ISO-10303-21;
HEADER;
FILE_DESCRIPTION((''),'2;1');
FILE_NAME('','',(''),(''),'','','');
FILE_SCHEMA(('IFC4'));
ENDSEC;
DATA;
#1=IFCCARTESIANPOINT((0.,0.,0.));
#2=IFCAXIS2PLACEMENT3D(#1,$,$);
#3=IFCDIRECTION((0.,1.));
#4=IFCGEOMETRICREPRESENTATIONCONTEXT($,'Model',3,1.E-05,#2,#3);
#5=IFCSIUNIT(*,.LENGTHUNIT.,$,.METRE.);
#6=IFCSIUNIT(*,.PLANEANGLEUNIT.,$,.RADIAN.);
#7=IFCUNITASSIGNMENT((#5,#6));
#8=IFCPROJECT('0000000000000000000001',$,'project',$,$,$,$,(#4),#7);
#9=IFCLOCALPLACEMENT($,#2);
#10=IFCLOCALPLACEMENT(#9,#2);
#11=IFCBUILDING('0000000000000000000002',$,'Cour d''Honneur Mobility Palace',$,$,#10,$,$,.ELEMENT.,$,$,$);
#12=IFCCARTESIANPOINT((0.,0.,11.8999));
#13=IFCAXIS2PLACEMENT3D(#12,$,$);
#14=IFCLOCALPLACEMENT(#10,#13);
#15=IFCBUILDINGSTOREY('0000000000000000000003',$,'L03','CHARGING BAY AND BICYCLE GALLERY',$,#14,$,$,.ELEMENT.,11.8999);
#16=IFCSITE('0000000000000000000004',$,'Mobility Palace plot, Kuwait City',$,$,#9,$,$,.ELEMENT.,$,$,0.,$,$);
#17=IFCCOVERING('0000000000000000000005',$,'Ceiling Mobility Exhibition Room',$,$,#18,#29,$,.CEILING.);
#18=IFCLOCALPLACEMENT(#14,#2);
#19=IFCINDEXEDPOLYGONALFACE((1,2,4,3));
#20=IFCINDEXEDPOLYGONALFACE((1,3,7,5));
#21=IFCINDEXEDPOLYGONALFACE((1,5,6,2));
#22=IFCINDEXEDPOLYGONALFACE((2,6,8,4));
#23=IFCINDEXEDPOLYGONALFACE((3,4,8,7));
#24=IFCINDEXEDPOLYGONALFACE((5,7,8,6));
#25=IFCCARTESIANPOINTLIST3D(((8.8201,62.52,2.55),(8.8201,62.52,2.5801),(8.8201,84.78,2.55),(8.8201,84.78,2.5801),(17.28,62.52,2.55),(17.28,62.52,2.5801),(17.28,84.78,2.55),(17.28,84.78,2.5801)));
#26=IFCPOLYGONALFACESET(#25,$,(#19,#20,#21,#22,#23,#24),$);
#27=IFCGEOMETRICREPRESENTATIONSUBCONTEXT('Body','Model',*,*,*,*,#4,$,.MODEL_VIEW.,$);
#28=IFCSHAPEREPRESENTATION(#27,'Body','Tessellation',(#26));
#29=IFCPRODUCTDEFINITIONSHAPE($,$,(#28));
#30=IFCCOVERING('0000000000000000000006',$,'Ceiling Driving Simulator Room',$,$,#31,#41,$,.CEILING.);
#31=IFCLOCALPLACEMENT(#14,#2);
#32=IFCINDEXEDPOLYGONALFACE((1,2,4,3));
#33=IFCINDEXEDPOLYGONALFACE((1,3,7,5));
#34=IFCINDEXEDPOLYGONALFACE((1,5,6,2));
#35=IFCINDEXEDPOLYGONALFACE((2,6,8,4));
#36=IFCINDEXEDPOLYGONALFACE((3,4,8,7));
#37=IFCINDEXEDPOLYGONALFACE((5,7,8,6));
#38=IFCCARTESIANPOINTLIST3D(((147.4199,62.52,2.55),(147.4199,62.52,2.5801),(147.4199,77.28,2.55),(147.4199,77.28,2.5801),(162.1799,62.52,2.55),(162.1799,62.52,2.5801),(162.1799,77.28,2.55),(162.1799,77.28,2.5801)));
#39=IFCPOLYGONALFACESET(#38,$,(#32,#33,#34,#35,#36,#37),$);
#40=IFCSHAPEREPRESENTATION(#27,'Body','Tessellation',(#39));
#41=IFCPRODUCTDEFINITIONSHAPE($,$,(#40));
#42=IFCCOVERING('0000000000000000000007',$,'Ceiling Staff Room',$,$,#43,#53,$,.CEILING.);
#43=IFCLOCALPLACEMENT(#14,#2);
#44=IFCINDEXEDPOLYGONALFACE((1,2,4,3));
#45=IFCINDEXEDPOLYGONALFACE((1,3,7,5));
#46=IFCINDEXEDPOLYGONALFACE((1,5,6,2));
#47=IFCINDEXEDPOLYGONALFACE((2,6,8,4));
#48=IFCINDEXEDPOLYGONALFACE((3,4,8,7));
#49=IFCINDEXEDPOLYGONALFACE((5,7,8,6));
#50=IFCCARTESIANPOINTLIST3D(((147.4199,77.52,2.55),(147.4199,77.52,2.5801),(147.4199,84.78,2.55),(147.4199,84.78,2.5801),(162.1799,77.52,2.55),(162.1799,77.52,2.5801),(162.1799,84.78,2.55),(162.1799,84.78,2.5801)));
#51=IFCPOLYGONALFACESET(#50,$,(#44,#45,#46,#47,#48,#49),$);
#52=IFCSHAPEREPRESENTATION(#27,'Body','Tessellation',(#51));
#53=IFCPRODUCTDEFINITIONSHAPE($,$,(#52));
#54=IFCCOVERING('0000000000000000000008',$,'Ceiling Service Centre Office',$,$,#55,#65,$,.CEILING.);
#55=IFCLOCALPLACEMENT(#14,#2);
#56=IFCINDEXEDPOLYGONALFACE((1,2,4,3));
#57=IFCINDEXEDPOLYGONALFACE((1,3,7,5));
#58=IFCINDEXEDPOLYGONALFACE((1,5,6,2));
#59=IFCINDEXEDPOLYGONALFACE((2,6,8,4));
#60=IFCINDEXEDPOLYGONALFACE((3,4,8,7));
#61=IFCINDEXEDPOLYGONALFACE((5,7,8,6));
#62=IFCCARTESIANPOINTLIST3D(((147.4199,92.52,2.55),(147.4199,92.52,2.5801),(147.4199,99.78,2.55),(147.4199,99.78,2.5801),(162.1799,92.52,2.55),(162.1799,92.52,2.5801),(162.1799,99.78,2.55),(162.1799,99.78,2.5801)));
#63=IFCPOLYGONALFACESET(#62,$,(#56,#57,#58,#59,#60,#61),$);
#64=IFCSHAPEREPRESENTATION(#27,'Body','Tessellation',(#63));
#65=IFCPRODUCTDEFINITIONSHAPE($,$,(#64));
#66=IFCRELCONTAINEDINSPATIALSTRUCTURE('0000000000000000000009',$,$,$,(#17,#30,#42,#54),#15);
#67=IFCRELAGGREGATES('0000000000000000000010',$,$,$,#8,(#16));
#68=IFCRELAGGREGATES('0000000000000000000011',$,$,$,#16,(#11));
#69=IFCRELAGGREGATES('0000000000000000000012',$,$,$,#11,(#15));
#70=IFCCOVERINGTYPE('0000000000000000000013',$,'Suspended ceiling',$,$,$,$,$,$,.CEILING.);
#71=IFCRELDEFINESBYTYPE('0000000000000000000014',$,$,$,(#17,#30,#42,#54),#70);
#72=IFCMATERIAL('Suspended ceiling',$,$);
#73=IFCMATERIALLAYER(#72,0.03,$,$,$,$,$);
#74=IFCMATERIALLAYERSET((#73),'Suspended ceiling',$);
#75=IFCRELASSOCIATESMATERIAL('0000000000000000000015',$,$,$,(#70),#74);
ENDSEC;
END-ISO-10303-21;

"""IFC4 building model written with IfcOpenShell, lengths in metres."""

from ifc_helpers import new_model, si_unit, direction, frame, origin, place, context, subcontext, project, spatial, polyline, outline, extrude, material, layer, layer_set, type_object, element, save


model = new_model("IFC4")

# Units and contexts
model_context = context("Model", 3, precision=1e-05, world=origin(), true_north=direction((0.0, 1.0)))
body_context = subcontext(model_context, "Body", "Model", "MODEL_VIEW")
ifc_project = project(units=[si_unit("LENGTHUNIT", "METRE"), si_unit("PLANEANGLEUNIT", "RADIAN")], contexts=[model_context])

# Site, building, storey
site_placement = place(None, origin())
site = spatial("IfcSite", under=ifc_project, at=site_placement, Name="Mobility Palace plot, Kuwait City", CompositionType="ELEMENT", RefElevation=0.0)
building_placement = place(site_placement, origin())
building = spatial("IfcBuilding", under=site, at=building_placement, Name="Cour d'Honneur Mobility Palace", CompositionType="ELEMENT")
storey_placement = place(building_placement, frame((0.0, 0.0, 11.8999)))
storey = spatial("IfcBuildingStorey", under=building, at=storey_placement, Name="L03", Description="CHARGING BAY AND BICYCLE GALLERY", CompositionType="ELEMENT", Elevation=11.8999)

# Coverings
ifc_material_1 = material(Name="Suspended ceiling")
ifc_layer_1 = layer(ifc_material_1, 0.03)
ifc_layer_set_1 = layer_set([ifc_layer_1], Name="Suspended ceiling")
covering_type_1 = type_object("IfcCoveringType", Name="Suspended ceiling", PredefinedType="CEILING", material=ifc_layer_set_1)
covering_1_placement = place(storey_placement, frame((0.0, 0.0, 2.55)))
element("IfcCovering", 1, at=covering_1_placement, inside=storey, type_object=covering_type_1, Name="Ceiling Mobility Exhibition Room", PredefinedType="CEILING", context=body_context, shape_type="SweptSolid", body=[
    extrude(outline(polyline([(17.28, 62.52), (8.8201, 62.52), (8.8201, 84.78), (17.28, 84.78), (17.28, 62.52)])), origin(), (0.0, 0.0, 1.0), 0.03),
])
covering_2_placement = place(storey_placement, frame((0.0, 0.0, 2.55)))
element("IfcCovering", 2, at=covering_2_placement, inside=storey, type_object=covering_type_1, Name="Ceiling Driving Simulator Room", PredefinedType="CEILING", context=body_context, shape_type="SweptSolid", body=[
    extrude(outline(polyline([(162.1799, 62.52), (147.4199, 62.52), (147.4199, 77.28), (162.1799, 77.28), (162.1799, 62.52)])), origin(), (0.0, 0.0, 1.0), 0.03),
])
covering_3_placement = place(storey_placement, frame((0.0, 0.0, 2.55)))
element("IfcCovering", 3, at=covering_3_placement, inside=storey, type_object=covering_type_1, Name="Ceiling Staff Room", PredefinedType="CEILING", context=body_context, shape_type="SweptSolid", body=[
    extrude(outline(polyline([(162.1799, 77.52), (147.4199, 77.52), (147.4199, 84.78), (162.1799, 84.78), (162.1799, 77.52)])), origin(), (0.0, 0.0, 1.0), 0.03),
])
covering_4_placement = place(storey_placement, frame((0.0, 0.0, 2.55)))
element("IfcCovering", 4, at=covering_4_placement, inside=storey, type_object=covering_type_1, Name="Ceiling Service Centre Office", PredefinedType="CEILING", context=body_context, shape_type="SweptSolid", body=[
    extrude(outline(polyline([(162.1799, 92.52), (147.4199, 92.52), (147.4199, 99.78), (162.1799, 99.78), (162.1799, 92.52)])), origin(), (0.0, 0.0, 1.0), 0.03),
])

save(model, "model.ifc")
